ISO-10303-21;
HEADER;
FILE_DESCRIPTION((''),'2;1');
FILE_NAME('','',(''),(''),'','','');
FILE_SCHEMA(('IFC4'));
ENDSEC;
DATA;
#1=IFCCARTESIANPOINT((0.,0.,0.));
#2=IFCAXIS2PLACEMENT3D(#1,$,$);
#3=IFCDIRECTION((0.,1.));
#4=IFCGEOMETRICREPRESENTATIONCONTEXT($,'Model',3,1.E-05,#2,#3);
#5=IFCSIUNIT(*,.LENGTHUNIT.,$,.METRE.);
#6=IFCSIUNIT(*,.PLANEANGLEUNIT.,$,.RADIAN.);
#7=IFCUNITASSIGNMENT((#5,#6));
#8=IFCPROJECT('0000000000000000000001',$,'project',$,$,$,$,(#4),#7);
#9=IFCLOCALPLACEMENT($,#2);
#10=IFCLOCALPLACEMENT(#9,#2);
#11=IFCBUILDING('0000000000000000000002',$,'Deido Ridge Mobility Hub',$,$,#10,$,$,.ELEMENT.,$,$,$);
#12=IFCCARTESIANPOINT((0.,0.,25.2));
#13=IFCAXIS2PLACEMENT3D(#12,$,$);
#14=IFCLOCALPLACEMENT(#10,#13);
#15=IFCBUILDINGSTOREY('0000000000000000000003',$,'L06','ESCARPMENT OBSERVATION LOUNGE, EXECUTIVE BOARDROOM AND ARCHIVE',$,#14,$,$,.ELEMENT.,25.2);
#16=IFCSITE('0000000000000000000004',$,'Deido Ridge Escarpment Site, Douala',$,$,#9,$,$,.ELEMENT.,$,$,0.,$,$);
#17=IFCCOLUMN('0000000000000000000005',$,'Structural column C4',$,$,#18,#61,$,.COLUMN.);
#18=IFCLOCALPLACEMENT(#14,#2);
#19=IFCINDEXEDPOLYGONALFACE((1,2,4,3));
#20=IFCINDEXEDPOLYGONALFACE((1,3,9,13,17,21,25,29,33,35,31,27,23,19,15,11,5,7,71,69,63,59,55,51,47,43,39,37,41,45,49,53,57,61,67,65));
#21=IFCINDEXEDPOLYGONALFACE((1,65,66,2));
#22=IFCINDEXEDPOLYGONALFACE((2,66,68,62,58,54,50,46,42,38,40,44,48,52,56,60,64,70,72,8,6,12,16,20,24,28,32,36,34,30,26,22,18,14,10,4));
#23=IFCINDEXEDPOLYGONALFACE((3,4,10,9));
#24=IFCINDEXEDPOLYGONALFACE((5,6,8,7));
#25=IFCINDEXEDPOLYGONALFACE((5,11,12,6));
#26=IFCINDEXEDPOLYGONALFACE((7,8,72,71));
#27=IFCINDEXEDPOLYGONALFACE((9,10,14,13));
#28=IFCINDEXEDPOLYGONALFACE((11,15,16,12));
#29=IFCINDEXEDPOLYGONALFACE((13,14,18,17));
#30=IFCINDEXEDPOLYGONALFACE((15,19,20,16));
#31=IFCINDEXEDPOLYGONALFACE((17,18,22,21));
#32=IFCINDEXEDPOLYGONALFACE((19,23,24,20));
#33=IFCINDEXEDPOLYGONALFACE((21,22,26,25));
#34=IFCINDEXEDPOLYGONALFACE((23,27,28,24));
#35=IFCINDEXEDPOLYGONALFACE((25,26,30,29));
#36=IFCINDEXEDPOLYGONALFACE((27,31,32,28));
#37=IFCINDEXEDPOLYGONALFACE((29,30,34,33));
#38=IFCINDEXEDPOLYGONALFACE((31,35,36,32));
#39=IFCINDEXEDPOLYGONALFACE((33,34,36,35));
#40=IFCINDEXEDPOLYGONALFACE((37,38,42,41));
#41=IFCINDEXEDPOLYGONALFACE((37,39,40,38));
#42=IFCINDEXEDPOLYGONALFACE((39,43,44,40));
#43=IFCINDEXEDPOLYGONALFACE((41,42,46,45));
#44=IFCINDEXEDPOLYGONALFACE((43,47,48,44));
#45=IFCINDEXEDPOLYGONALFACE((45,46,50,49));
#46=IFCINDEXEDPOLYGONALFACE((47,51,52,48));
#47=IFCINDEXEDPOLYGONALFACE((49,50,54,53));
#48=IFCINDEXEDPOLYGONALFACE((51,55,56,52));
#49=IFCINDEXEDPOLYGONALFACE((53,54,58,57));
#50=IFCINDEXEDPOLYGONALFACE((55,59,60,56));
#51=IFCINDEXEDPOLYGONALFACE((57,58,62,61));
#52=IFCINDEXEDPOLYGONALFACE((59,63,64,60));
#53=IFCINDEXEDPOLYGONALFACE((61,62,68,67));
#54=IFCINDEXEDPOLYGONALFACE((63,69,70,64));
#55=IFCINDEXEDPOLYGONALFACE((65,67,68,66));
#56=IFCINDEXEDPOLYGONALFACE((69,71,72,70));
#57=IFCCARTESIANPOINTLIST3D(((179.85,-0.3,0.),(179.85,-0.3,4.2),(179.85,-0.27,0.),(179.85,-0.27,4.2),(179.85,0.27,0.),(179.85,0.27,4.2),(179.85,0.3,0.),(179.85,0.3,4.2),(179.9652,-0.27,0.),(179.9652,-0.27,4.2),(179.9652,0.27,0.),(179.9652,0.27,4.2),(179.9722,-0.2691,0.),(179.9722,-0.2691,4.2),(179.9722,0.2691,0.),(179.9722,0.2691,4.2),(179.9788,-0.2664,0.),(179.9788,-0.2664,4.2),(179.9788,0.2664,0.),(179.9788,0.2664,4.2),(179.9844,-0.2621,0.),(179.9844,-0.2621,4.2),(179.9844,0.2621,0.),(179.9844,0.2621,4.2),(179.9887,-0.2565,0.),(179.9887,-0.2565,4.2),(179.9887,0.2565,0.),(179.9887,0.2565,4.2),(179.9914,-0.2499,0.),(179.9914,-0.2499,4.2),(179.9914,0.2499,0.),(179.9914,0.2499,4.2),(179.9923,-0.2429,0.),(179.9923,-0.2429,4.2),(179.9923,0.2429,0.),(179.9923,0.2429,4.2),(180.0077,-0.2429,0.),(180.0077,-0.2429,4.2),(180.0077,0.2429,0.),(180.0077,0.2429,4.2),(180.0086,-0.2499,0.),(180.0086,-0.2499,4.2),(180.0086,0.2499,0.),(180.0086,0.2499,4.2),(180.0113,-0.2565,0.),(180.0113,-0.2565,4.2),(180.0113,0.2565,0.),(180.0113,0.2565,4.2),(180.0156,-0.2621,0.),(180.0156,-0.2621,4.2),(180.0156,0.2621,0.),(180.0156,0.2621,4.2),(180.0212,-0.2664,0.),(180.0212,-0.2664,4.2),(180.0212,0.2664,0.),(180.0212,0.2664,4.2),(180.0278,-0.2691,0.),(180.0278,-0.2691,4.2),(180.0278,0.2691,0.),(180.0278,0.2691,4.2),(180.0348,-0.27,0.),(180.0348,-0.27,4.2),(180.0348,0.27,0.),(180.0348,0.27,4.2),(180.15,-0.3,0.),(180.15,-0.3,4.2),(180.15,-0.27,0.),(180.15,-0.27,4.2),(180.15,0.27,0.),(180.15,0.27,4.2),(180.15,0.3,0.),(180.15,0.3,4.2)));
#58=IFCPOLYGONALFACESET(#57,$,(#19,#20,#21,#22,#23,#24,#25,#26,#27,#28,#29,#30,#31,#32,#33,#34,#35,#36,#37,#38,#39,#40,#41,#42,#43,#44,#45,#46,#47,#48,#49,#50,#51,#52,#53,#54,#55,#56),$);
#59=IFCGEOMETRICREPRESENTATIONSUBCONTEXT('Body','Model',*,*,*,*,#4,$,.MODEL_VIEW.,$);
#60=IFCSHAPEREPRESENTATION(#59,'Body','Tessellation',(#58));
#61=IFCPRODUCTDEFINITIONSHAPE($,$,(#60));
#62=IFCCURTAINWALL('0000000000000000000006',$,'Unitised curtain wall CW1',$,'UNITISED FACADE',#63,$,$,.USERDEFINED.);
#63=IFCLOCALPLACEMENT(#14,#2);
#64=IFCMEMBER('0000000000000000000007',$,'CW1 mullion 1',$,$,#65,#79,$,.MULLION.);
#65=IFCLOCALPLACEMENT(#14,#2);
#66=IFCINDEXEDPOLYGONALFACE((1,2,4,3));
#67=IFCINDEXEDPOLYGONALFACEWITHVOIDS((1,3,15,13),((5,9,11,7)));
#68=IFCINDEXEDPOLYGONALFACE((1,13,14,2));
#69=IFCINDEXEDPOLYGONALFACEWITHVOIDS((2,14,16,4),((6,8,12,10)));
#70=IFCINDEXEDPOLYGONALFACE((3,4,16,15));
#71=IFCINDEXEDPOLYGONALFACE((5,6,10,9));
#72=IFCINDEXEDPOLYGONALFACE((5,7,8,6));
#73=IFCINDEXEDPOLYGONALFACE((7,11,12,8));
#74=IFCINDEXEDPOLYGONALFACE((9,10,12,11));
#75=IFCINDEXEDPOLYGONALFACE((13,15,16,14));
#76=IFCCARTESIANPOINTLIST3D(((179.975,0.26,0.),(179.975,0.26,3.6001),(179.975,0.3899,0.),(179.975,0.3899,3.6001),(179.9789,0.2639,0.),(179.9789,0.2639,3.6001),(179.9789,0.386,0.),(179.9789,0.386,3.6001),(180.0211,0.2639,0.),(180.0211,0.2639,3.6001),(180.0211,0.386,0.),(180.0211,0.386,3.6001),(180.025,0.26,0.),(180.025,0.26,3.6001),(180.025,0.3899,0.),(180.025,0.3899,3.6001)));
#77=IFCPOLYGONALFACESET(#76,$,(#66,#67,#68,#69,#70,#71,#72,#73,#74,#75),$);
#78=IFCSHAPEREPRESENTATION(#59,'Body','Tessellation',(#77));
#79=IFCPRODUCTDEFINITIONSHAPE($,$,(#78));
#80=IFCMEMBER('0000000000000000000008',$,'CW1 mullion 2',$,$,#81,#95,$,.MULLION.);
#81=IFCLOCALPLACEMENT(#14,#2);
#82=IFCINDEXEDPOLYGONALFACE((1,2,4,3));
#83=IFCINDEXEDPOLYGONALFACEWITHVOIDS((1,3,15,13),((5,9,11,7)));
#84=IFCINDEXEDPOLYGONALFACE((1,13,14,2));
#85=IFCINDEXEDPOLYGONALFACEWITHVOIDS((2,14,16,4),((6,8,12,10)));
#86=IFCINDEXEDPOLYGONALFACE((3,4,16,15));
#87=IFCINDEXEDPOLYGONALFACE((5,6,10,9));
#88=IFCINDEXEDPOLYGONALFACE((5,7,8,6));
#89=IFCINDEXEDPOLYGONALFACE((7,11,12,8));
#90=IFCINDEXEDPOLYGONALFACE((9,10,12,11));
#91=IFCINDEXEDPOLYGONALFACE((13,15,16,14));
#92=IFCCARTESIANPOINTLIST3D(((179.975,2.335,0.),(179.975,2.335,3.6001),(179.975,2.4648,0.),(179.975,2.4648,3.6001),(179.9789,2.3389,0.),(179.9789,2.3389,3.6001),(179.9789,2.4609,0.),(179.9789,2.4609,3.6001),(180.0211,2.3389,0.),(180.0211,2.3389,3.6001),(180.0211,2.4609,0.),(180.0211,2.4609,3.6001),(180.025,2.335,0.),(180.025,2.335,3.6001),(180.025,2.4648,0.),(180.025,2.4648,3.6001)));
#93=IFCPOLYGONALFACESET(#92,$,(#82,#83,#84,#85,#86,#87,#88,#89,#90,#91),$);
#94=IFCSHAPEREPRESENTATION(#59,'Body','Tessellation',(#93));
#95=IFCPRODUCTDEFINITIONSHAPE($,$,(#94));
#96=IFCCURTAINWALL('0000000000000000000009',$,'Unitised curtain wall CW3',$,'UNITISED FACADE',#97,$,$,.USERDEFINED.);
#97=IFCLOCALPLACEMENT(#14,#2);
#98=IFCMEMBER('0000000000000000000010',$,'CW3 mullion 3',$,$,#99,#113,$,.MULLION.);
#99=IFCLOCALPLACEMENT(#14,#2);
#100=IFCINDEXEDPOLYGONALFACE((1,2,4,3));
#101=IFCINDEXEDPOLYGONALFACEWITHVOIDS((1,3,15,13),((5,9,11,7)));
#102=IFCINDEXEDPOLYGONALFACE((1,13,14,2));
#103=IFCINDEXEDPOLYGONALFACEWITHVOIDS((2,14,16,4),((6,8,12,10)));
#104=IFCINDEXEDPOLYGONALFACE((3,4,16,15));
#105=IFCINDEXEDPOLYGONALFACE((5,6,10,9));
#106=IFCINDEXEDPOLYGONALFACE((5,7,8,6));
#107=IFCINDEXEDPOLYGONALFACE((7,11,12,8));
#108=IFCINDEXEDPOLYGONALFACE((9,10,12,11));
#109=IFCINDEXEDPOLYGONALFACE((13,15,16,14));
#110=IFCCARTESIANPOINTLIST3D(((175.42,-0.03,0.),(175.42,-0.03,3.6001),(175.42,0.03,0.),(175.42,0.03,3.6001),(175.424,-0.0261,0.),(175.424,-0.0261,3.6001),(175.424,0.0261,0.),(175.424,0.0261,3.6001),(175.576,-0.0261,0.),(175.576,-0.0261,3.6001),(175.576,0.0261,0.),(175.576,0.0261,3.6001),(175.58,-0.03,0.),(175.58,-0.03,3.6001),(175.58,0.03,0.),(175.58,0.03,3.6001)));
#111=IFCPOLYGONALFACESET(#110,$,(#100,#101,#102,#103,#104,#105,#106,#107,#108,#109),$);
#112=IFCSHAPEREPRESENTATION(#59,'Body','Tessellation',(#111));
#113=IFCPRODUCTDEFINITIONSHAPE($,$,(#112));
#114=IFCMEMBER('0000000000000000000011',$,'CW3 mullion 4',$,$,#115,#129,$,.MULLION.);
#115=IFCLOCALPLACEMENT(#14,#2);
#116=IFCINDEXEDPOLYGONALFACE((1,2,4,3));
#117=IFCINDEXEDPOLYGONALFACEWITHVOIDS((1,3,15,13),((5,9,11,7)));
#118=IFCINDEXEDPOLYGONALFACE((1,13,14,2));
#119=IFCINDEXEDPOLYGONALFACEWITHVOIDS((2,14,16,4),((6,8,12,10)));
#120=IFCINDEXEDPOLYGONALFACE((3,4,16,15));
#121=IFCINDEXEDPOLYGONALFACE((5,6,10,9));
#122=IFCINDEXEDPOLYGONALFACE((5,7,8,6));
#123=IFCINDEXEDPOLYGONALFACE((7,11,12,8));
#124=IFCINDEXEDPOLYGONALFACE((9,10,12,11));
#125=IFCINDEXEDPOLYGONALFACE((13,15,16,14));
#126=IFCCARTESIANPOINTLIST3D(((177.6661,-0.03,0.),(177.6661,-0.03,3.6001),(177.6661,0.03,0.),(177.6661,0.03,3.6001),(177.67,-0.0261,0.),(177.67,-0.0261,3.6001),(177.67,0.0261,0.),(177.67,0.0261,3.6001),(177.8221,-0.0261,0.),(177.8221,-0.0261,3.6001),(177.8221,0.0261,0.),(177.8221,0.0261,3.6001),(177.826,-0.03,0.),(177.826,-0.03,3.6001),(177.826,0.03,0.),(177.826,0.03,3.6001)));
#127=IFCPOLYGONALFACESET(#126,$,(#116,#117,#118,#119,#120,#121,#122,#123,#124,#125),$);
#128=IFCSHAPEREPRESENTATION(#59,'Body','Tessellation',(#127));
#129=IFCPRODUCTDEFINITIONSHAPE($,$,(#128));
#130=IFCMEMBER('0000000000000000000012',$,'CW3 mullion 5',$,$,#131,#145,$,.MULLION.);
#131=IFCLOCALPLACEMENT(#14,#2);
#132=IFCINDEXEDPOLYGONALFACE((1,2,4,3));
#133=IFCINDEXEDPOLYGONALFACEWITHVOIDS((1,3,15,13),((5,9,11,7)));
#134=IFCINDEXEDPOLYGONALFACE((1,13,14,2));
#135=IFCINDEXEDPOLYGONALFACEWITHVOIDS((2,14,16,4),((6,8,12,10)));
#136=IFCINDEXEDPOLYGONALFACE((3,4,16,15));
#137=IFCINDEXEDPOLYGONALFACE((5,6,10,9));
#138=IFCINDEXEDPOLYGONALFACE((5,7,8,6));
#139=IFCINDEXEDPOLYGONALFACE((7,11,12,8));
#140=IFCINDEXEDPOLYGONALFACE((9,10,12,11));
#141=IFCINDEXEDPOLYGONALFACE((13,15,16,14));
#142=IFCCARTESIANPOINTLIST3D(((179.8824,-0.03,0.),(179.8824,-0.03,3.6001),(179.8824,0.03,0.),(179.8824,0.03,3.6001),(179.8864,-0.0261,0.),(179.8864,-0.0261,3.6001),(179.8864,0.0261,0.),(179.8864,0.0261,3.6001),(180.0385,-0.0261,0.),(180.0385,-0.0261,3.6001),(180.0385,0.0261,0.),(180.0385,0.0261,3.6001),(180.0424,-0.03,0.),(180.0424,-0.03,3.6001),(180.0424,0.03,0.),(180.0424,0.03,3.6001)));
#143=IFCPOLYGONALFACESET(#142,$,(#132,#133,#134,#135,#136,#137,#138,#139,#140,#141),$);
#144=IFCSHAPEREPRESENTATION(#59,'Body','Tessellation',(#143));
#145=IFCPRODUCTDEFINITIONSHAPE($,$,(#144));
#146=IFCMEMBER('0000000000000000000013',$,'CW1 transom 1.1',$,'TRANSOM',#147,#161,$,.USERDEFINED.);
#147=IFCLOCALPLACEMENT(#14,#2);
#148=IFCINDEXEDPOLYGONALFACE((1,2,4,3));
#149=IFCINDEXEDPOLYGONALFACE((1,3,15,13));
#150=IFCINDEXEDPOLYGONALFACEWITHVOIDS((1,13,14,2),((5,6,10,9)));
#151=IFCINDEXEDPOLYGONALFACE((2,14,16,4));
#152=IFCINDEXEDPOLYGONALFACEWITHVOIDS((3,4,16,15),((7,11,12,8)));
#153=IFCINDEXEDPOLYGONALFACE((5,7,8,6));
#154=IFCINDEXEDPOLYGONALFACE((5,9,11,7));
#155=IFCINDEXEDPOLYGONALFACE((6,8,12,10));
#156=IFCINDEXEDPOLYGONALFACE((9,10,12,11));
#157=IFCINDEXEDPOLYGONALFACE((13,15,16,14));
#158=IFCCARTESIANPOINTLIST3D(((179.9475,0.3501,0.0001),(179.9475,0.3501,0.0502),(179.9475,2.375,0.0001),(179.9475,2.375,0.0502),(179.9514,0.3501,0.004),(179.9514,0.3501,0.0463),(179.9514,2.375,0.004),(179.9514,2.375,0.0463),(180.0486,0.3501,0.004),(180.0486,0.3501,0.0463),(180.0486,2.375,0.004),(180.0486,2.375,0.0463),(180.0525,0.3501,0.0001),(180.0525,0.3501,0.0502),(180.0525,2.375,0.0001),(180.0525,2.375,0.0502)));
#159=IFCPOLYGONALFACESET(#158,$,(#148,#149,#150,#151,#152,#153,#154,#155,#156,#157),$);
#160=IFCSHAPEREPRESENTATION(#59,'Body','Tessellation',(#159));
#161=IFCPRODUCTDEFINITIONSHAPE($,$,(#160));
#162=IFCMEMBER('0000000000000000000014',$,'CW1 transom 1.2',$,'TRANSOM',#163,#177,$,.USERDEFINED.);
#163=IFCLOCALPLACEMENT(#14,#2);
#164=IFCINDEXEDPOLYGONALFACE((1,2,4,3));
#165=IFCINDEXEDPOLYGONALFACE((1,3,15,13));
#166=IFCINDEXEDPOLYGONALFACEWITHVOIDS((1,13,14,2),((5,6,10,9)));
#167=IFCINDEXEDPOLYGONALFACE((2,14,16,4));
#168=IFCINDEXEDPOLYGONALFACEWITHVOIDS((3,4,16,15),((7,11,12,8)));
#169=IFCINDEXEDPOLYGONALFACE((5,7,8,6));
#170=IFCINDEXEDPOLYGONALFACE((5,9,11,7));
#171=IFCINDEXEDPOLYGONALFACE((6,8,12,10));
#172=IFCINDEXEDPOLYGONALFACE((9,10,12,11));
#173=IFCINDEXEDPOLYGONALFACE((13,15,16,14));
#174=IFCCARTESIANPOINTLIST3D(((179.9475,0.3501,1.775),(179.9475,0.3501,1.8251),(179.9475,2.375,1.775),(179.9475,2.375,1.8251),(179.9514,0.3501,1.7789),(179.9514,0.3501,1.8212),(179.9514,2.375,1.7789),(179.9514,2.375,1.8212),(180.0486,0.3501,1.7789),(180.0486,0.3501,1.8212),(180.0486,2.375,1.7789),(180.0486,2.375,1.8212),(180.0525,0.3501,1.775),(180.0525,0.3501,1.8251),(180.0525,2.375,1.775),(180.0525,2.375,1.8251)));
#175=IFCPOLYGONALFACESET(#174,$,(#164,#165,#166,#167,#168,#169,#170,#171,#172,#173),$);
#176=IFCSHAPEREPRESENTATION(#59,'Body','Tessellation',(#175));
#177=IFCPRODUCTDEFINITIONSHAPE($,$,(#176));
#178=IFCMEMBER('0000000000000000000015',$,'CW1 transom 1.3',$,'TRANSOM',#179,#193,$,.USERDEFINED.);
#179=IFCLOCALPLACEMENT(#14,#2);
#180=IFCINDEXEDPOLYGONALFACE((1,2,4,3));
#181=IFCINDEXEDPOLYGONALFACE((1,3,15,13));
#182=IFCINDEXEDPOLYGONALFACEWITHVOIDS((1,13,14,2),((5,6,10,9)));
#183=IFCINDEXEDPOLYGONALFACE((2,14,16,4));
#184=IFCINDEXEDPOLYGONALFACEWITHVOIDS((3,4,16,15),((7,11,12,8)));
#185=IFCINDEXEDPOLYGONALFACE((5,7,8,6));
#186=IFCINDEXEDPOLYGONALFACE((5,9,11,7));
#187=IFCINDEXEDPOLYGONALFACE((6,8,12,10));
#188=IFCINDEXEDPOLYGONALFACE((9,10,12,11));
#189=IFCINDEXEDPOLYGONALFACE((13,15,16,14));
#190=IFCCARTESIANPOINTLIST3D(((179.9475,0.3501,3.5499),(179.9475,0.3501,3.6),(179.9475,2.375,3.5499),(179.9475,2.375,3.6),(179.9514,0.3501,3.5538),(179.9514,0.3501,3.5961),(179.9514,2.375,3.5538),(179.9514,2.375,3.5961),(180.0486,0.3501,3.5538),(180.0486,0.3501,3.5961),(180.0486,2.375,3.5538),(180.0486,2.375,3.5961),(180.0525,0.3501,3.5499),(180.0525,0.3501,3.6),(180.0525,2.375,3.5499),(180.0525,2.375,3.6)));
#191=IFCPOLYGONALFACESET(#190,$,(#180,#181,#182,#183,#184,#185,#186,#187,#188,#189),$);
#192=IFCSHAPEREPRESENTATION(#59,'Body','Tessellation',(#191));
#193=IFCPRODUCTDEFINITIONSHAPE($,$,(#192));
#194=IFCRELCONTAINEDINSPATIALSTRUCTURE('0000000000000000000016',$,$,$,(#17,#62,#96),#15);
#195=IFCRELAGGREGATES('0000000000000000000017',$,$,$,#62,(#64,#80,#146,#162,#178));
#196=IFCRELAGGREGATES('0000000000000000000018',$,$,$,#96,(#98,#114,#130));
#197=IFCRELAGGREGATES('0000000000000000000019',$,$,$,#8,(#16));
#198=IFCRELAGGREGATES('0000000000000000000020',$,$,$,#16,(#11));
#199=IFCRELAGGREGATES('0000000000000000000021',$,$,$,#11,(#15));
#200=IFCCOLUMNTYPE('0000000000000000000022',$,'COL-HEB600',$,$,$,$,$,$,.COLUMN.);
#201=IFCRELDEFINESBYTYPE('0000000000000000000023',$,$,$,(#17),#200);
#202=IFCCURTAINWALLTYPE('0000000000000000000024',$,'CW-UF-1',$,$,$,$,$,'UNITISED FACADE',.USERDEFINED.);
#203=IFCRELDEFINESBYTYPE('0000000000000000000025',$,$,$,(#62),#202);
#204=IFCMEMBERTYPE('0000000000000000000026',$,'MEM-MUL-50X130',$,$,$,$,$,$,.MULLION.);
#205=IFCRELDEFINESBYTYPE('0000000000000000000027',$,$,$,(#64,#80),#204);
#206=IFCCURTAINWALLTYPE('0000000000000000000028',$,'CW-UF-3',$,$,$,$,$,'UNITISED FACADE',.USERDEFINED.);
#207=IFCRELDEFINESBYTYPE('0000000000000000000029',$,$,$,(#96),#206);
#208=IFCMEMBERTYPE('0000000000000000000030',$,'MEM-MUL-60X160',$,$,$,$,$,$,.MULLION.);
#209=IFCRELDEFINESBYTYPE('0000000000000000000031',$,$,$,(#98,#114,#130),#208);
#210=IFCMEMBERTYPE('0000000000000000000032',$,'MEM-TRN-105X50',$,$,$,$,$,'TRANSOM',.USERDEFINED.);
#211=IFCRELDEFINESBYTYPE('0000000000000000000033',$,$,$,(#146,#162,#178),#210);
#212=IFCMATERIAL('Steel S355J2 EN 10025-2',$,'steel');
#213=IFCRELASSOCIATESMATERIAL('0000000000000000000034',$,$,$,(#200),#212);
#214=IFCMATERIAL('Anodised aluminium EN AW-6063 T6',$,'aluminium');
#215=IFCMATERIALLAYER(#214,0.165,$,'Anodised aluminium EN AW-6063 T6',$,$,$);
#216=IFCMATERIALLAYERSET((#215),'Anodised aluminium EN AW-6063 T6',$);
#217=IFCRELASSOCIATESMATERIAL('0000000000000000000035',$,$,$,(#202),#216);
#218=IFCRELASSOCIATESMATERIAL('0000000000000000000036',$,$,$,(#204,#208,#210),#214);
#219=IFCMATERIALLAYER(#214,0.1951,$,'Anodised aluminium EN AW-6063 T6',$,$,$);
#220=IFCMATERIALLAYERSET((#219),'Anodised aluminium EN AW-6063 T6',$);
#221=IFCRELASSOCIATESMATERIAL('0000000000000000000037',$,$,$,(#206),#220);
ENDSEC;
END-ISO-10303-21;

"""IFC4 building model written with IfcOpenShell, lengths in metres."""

from ifc_helpers import new_model, si_unit, direction, frame, origin, origin_2d, place, context, subcontext, project, spatial, hollow_rectangle, i_section, extrude, material, layer, layer_set, material_profile, profile_set, type_object, element, aggregate, save


model = new_model("IFC4")

# Units and contexts
model_context = context("Model", 3, precision=1e-05, world=origin(), true_north=direction((0.0, 1.0)))
body_context = subcontext(model_context, "Body", "Model", "MODEL_VIEW")
ifc_project = project(units=[si_unit("LENGTHUNIT", "METRE"), si_unit("PLANEANGLEUNIT", "RADIAN")], contexts=[model_context])

# Site, building, storey
site_placement = place(None, origin())
site = spatial("IfcSite", under=ifc_project, at=site_placement, Name="Deido Ridge Escarpment Site, Douala", CompositionType="ELEMENT", RefElevation=0.0)
building_placement = place(site_placement, origin())
building = spatial("IfcBuilding", under=site, at=building_placement, Name="Deido Ridge Mobility Hub", CompositionType="ELEMENT")
storey_placement = place(building_placement, frame((0.0, 0.0, 25.2)))
storey = spatial("IfcBuildingStorey", under=building, at=storey_placement, Name="L06", Description="ESCARPMENT OBSERVATION LOUNGE, EXECUTIVE BOARDROOM AND ARCHIVE", CompositionType="ELEMENT", Elevation=25.2)

# Column
ifc_material_1 = material(Name="Steel S355J2 EN 10025-2", Category="steel")
ifc_material_profile_1 = material_profile(ifc_material_1, i_section(OverallWidth=0.3, OverallDepth=0.6001, WebThickness=0.0154, FlangeThickness=0.03, FilletRadius=0.0271, at=origin_2d()), Name="HEB 600")
ifc_profile_set_1 = profile_set([ifc_material_profile_1], Name="Steel S355J2 EN 10025-2")
column_type = type_object("IfcColumnType", Name="COL-HEB600", PredefinedType="COLUMN", material=ifc_profile_set_1)
column_placement = place(storey_placement, frame((180.0, 0.0, 0.0), z_axis=(0.0, 0.0, 1.0), x_axis=(1.0, 0.0, 0.0)))
element("IfcColumn", 1, at=column_placement, inside=storey, type_object=column_type, Name="Structural column C4", PredefinedType="COLUMN", context=body_context, shape_type="SweptSolid", body=[
    extrude(i_section(OverallWidth=0.3, OverallDepth=0.6001, WebThickness=0.0154, FlangeThickness=0.03, FilletRadius=0.0271, at=origin_2d()), origin(), (0.0, 0.0, 1.0), 4.2),
])

# Curtain walls, members
ifc_material_2 = material(Name="Anodised aluminium EN AW-6063 T6", Category="aluminium")
ifc_layer_1 = layer(ifc_material_2, 0.165, Name="Anodised aluminium EN AW-6063 T6")
ifc_layer_set_1 = layer_set([ifc_layer_1], Name="Anodised aluminium EN AW-6063 T6")
curtain_wall_type_1 = type_object("IfcCurtainWallType", Name="CW-UF-1", ElementType="UNITISED FACADE", PredefinedType="USERDEFINED", material=ifc_layer_set_1)
curtain_wall_1_placement = place(storey_placement, origin())
curtain_wall_1 = element("IfcCurtainWall", 2, at=curtain_wall_1_placement, inside=storey, type_object=curtain_wall_type_1, Name="Unitised curtain wall CW1", ObjectType="UNITISED FACADE", PredefinedType="USERDEFINED")
ifc_material_profile_2 = material_profile(ifc_material_2, hollow_rectangle(XDim=0.05, YDim=0.1299, WallThickness=0.0039, at=origin_2d()), Name="RHS 50x130x4")
ifc_profile_set_2 = profile_set([ifc_material_profile_2], Name="Anodised aluminium EN AW-6063 T6")
member_type_1 = type_object("IfcMemberType", Name="MEM-MUL-50X130", PredefinedType="MULLION", material=ifc_profile_set_2)
member_1_placement = place(storey_placement, frame((180.0, 0.325, 0.0), z_axis=(0.0, 0.0, 1.0), x_axis=(-1.0, 0.0, 0.0)))
member_1 = element("IfcMember", 3, at=member_1_placement, type_object=member_type_1, Name="CW1 mullion 1", PredefinedType="MULLION", context=body_context, shape_type="SweptSolid", body=[
    extrude(hollow_rectangle(XDim=0.05, YDim=0.1299, WallThickness=0.0039, at=origin_2d()), origin(), (0.0, 0.0, 1.0), 3.6001),
])
member_2_placement = place(storey_placement, frame((180.0, 2.3999, 0.0), z_axis=(0.0, 0.0, 1.0), x_axis=(-1.0, 0.0, 0.0)))
member_2 = element("IfcMember", 4, at=member_2_placement, type_object=member_type_1, Name="CW1 mullion 2", PredefinedType="MULLION", context=body_context, shape_type="SweptSolid", body=[
    extrude(hollow_rectangle(XDim=0.05, YDim=0.1299, WallThickness=0.0039, at=origin_2d()), origin(), (0.0, 0.0, 1.0), 3.6001),
])
ifc_layer_2 = layer(ifc_material_2, 0.1951, Name="Anodised aluminium EN AW-6063 T6")
ifc_layer_set_2 = layer_set([ifc_layer_2], Name="Anodised aluminium EN AW-6063 T6")
curtain_wall_type_2 = type_object("IfcCurtainWallType", Name="CW-UF-3", ElementType="UNITISED FACADE", PredefinedType="USERDEFINED", material=ifc_layer_set_2)
curtain_wall_2_placement = place(storey_placement, origin())
curtain_wall_2 = element("IfcCurtainWall", 5, at=curtain_wall_2_placement, inside=storey, type_object=curtain_wall_type_2, Name="Unitised curtain wall CW3", ObjectType="UNITISED FACADE", PredefinedType="USERDEFINED")
ifc_material_profile_3 = material_profile(ifc_material_2, hollow_rectangle(XDim=0.0601, YDim=0.1599, WallThickness=0.0039, at=origin_2d()), Name="RHS 60x160x4")
ifc_profile_set_3 = profile_set([ifc_material_profile_3], Name="Anodised aluminium EN AW-6063 T6")
member_type_2 = type_object("IfcMemberType", Name="MEM-MUL-60X160", PredefinedType="MULLION", material=ifc_profile_set_3)
member_3_placement = place(storey_placement, frame((175.5, 0.0, 0.0), z_axis=(0.0, 0.0, 1.0), x_axis=(0.0, 1.0, 0.0)))
member_3 = element("IfcMember", 6, at=member_3_placement, type_object=member_type_2, Name="CW3 mullion 3", PredefinedType="MULLION", context=body_context, shape_type="SweptSolid", body=[
    extrude(hollow_rectangle(XDim=0.0601, YDim=0.1599, WallThickness=0.0039, at=origin_2d()), origin(), (0.0, 0.0, 1.0), 3.6001),
])
member_4_placement = place(storey_placement, frame((177.7461, 0.0, 0.0), z_axis=(0.0, 0.0, 1.0), x_axis=(0.0, 1.0, 0.0)))
member_4 = element("IfcMember", 7, at=member_4_placement, type_object=member_type_2, Name="CW3 mullion 4", PredefinedType="MULLION", context=body_context, shape_type="SweptSolid", body=[
    extrude(hollow_rectangle(XDim=0.0601, YDim=0.1599, WallThickness=0.0039, at=origin_2d()), origin(), (0.0, 0.0, 1.0), 3.6001),
])
member_5_placement = place(storey_placement, frame((179.9624, 0.0, 0.0), z_axis=(0.0, 0.0, 1.0), x_axis=(0.0, 1.0, 0.0)))
member_5 = element("IfcMember", 8, at=member_5_placement, type_object=member_type_2, Name="CW3 mullion 5", PredefinedType="MULLION", context=body_context, shape_type="SweptSolid", body=[
    extrude(hollow_rectangle(XDim=0.0601, YDim=0.1599, WallThickness=0.0039, at=origin_2d()), origin(), (0.0, 0.0, 1.0), 3.6001),
])

# Members
ifc_material_profile_4 = material_profile(ifc_material_2, hollow_rectangle(XDim=0.105, YDim=0.05, WallThickness=0.0039, at=origin_2d()), Name="RHS 105x50x4")
ifc_profile_set_4 = profile_set([ifc_material_profile_4], Name="Anodised aluminium EN AW-6063 T6")
member_type_3 = type_object("IfcMemberType", Name="MEM-TRN-105X50", ElementType="TRANSOM", PredefinedType="USERDEFINED", material=ifc_profile_set_4)
member_6_placement = place(storey_placement, frame((180.0, 0.3501, 0.0251), z_axis=(0.0, 1.0, 0.0), x_axis=(-1.0, 0.0, 0.0)))
member_6 = element("IfcMember", 9, at=member_6_placement, type_object=member_type_3, Name="CW1 transom 1.1", ObjectType="TRANSOM", PredefinedType="USERDEFINED", context=body_context, shape_type="SweptSolid", body=[
    extrude(hollow_rectangle(XDim=0.105, YDim=0.05, WallThickness=0.0039, at=origin_2d()), origin(), (0.0, 0.0, 1.0), 2.0249),
])
member_7_placement = place(storey_placement, frame((180.0, 0.3501, 1.8), z_axis=(0.0, 1.0, 0.0), x_axis=(-1.0, 0.0, 0.0)))
member_7 = element("IfcMember", 10, at=member_7_placement, type_object=member_type_3, Name="CW1 transom 1.2", ObjectType="TRANSOM", PredefinedType="USERDEFINED", context=body_context, shape_type="SweptSolid", body=[
    extrude(hollow_rectangle(XDim=0.105, YDim=0.05, WallThickness=0.0039, at=origin_2d()), origin(), (0.0, 0.0, 1.0), 2.0249),
])
member_8_placement = place(storey_placement, frame((180.0, 0.3501, 3.575), z_axis=(0.0, 1.0, 0.0), x_axis=(-1.0, 0.0, 0.0)))
member_8 = element("IfcMember", 11, at=member_8_placement, type_object=member_type_3, Name="CW1 transom 1.3", ObjectType="TRANSOM", PredefinedType="USERDEFINED", context=body_context, shape_type="SweptSolid", body=[
    extrude(hollow_rectangle(XDim=0.105, YDim=0.05, WallThickness=0.0039, at=origin_2d()), origin(), (0.0, 0.0, 1.0), 2.0249),
])

aggregate(curtain_wall_1, [member_1, member_2, member_6, member_7, member_8])
aggregate(curtain_wall_2, [member_3, member_4, member_5])

save(model, "model.ifc")
